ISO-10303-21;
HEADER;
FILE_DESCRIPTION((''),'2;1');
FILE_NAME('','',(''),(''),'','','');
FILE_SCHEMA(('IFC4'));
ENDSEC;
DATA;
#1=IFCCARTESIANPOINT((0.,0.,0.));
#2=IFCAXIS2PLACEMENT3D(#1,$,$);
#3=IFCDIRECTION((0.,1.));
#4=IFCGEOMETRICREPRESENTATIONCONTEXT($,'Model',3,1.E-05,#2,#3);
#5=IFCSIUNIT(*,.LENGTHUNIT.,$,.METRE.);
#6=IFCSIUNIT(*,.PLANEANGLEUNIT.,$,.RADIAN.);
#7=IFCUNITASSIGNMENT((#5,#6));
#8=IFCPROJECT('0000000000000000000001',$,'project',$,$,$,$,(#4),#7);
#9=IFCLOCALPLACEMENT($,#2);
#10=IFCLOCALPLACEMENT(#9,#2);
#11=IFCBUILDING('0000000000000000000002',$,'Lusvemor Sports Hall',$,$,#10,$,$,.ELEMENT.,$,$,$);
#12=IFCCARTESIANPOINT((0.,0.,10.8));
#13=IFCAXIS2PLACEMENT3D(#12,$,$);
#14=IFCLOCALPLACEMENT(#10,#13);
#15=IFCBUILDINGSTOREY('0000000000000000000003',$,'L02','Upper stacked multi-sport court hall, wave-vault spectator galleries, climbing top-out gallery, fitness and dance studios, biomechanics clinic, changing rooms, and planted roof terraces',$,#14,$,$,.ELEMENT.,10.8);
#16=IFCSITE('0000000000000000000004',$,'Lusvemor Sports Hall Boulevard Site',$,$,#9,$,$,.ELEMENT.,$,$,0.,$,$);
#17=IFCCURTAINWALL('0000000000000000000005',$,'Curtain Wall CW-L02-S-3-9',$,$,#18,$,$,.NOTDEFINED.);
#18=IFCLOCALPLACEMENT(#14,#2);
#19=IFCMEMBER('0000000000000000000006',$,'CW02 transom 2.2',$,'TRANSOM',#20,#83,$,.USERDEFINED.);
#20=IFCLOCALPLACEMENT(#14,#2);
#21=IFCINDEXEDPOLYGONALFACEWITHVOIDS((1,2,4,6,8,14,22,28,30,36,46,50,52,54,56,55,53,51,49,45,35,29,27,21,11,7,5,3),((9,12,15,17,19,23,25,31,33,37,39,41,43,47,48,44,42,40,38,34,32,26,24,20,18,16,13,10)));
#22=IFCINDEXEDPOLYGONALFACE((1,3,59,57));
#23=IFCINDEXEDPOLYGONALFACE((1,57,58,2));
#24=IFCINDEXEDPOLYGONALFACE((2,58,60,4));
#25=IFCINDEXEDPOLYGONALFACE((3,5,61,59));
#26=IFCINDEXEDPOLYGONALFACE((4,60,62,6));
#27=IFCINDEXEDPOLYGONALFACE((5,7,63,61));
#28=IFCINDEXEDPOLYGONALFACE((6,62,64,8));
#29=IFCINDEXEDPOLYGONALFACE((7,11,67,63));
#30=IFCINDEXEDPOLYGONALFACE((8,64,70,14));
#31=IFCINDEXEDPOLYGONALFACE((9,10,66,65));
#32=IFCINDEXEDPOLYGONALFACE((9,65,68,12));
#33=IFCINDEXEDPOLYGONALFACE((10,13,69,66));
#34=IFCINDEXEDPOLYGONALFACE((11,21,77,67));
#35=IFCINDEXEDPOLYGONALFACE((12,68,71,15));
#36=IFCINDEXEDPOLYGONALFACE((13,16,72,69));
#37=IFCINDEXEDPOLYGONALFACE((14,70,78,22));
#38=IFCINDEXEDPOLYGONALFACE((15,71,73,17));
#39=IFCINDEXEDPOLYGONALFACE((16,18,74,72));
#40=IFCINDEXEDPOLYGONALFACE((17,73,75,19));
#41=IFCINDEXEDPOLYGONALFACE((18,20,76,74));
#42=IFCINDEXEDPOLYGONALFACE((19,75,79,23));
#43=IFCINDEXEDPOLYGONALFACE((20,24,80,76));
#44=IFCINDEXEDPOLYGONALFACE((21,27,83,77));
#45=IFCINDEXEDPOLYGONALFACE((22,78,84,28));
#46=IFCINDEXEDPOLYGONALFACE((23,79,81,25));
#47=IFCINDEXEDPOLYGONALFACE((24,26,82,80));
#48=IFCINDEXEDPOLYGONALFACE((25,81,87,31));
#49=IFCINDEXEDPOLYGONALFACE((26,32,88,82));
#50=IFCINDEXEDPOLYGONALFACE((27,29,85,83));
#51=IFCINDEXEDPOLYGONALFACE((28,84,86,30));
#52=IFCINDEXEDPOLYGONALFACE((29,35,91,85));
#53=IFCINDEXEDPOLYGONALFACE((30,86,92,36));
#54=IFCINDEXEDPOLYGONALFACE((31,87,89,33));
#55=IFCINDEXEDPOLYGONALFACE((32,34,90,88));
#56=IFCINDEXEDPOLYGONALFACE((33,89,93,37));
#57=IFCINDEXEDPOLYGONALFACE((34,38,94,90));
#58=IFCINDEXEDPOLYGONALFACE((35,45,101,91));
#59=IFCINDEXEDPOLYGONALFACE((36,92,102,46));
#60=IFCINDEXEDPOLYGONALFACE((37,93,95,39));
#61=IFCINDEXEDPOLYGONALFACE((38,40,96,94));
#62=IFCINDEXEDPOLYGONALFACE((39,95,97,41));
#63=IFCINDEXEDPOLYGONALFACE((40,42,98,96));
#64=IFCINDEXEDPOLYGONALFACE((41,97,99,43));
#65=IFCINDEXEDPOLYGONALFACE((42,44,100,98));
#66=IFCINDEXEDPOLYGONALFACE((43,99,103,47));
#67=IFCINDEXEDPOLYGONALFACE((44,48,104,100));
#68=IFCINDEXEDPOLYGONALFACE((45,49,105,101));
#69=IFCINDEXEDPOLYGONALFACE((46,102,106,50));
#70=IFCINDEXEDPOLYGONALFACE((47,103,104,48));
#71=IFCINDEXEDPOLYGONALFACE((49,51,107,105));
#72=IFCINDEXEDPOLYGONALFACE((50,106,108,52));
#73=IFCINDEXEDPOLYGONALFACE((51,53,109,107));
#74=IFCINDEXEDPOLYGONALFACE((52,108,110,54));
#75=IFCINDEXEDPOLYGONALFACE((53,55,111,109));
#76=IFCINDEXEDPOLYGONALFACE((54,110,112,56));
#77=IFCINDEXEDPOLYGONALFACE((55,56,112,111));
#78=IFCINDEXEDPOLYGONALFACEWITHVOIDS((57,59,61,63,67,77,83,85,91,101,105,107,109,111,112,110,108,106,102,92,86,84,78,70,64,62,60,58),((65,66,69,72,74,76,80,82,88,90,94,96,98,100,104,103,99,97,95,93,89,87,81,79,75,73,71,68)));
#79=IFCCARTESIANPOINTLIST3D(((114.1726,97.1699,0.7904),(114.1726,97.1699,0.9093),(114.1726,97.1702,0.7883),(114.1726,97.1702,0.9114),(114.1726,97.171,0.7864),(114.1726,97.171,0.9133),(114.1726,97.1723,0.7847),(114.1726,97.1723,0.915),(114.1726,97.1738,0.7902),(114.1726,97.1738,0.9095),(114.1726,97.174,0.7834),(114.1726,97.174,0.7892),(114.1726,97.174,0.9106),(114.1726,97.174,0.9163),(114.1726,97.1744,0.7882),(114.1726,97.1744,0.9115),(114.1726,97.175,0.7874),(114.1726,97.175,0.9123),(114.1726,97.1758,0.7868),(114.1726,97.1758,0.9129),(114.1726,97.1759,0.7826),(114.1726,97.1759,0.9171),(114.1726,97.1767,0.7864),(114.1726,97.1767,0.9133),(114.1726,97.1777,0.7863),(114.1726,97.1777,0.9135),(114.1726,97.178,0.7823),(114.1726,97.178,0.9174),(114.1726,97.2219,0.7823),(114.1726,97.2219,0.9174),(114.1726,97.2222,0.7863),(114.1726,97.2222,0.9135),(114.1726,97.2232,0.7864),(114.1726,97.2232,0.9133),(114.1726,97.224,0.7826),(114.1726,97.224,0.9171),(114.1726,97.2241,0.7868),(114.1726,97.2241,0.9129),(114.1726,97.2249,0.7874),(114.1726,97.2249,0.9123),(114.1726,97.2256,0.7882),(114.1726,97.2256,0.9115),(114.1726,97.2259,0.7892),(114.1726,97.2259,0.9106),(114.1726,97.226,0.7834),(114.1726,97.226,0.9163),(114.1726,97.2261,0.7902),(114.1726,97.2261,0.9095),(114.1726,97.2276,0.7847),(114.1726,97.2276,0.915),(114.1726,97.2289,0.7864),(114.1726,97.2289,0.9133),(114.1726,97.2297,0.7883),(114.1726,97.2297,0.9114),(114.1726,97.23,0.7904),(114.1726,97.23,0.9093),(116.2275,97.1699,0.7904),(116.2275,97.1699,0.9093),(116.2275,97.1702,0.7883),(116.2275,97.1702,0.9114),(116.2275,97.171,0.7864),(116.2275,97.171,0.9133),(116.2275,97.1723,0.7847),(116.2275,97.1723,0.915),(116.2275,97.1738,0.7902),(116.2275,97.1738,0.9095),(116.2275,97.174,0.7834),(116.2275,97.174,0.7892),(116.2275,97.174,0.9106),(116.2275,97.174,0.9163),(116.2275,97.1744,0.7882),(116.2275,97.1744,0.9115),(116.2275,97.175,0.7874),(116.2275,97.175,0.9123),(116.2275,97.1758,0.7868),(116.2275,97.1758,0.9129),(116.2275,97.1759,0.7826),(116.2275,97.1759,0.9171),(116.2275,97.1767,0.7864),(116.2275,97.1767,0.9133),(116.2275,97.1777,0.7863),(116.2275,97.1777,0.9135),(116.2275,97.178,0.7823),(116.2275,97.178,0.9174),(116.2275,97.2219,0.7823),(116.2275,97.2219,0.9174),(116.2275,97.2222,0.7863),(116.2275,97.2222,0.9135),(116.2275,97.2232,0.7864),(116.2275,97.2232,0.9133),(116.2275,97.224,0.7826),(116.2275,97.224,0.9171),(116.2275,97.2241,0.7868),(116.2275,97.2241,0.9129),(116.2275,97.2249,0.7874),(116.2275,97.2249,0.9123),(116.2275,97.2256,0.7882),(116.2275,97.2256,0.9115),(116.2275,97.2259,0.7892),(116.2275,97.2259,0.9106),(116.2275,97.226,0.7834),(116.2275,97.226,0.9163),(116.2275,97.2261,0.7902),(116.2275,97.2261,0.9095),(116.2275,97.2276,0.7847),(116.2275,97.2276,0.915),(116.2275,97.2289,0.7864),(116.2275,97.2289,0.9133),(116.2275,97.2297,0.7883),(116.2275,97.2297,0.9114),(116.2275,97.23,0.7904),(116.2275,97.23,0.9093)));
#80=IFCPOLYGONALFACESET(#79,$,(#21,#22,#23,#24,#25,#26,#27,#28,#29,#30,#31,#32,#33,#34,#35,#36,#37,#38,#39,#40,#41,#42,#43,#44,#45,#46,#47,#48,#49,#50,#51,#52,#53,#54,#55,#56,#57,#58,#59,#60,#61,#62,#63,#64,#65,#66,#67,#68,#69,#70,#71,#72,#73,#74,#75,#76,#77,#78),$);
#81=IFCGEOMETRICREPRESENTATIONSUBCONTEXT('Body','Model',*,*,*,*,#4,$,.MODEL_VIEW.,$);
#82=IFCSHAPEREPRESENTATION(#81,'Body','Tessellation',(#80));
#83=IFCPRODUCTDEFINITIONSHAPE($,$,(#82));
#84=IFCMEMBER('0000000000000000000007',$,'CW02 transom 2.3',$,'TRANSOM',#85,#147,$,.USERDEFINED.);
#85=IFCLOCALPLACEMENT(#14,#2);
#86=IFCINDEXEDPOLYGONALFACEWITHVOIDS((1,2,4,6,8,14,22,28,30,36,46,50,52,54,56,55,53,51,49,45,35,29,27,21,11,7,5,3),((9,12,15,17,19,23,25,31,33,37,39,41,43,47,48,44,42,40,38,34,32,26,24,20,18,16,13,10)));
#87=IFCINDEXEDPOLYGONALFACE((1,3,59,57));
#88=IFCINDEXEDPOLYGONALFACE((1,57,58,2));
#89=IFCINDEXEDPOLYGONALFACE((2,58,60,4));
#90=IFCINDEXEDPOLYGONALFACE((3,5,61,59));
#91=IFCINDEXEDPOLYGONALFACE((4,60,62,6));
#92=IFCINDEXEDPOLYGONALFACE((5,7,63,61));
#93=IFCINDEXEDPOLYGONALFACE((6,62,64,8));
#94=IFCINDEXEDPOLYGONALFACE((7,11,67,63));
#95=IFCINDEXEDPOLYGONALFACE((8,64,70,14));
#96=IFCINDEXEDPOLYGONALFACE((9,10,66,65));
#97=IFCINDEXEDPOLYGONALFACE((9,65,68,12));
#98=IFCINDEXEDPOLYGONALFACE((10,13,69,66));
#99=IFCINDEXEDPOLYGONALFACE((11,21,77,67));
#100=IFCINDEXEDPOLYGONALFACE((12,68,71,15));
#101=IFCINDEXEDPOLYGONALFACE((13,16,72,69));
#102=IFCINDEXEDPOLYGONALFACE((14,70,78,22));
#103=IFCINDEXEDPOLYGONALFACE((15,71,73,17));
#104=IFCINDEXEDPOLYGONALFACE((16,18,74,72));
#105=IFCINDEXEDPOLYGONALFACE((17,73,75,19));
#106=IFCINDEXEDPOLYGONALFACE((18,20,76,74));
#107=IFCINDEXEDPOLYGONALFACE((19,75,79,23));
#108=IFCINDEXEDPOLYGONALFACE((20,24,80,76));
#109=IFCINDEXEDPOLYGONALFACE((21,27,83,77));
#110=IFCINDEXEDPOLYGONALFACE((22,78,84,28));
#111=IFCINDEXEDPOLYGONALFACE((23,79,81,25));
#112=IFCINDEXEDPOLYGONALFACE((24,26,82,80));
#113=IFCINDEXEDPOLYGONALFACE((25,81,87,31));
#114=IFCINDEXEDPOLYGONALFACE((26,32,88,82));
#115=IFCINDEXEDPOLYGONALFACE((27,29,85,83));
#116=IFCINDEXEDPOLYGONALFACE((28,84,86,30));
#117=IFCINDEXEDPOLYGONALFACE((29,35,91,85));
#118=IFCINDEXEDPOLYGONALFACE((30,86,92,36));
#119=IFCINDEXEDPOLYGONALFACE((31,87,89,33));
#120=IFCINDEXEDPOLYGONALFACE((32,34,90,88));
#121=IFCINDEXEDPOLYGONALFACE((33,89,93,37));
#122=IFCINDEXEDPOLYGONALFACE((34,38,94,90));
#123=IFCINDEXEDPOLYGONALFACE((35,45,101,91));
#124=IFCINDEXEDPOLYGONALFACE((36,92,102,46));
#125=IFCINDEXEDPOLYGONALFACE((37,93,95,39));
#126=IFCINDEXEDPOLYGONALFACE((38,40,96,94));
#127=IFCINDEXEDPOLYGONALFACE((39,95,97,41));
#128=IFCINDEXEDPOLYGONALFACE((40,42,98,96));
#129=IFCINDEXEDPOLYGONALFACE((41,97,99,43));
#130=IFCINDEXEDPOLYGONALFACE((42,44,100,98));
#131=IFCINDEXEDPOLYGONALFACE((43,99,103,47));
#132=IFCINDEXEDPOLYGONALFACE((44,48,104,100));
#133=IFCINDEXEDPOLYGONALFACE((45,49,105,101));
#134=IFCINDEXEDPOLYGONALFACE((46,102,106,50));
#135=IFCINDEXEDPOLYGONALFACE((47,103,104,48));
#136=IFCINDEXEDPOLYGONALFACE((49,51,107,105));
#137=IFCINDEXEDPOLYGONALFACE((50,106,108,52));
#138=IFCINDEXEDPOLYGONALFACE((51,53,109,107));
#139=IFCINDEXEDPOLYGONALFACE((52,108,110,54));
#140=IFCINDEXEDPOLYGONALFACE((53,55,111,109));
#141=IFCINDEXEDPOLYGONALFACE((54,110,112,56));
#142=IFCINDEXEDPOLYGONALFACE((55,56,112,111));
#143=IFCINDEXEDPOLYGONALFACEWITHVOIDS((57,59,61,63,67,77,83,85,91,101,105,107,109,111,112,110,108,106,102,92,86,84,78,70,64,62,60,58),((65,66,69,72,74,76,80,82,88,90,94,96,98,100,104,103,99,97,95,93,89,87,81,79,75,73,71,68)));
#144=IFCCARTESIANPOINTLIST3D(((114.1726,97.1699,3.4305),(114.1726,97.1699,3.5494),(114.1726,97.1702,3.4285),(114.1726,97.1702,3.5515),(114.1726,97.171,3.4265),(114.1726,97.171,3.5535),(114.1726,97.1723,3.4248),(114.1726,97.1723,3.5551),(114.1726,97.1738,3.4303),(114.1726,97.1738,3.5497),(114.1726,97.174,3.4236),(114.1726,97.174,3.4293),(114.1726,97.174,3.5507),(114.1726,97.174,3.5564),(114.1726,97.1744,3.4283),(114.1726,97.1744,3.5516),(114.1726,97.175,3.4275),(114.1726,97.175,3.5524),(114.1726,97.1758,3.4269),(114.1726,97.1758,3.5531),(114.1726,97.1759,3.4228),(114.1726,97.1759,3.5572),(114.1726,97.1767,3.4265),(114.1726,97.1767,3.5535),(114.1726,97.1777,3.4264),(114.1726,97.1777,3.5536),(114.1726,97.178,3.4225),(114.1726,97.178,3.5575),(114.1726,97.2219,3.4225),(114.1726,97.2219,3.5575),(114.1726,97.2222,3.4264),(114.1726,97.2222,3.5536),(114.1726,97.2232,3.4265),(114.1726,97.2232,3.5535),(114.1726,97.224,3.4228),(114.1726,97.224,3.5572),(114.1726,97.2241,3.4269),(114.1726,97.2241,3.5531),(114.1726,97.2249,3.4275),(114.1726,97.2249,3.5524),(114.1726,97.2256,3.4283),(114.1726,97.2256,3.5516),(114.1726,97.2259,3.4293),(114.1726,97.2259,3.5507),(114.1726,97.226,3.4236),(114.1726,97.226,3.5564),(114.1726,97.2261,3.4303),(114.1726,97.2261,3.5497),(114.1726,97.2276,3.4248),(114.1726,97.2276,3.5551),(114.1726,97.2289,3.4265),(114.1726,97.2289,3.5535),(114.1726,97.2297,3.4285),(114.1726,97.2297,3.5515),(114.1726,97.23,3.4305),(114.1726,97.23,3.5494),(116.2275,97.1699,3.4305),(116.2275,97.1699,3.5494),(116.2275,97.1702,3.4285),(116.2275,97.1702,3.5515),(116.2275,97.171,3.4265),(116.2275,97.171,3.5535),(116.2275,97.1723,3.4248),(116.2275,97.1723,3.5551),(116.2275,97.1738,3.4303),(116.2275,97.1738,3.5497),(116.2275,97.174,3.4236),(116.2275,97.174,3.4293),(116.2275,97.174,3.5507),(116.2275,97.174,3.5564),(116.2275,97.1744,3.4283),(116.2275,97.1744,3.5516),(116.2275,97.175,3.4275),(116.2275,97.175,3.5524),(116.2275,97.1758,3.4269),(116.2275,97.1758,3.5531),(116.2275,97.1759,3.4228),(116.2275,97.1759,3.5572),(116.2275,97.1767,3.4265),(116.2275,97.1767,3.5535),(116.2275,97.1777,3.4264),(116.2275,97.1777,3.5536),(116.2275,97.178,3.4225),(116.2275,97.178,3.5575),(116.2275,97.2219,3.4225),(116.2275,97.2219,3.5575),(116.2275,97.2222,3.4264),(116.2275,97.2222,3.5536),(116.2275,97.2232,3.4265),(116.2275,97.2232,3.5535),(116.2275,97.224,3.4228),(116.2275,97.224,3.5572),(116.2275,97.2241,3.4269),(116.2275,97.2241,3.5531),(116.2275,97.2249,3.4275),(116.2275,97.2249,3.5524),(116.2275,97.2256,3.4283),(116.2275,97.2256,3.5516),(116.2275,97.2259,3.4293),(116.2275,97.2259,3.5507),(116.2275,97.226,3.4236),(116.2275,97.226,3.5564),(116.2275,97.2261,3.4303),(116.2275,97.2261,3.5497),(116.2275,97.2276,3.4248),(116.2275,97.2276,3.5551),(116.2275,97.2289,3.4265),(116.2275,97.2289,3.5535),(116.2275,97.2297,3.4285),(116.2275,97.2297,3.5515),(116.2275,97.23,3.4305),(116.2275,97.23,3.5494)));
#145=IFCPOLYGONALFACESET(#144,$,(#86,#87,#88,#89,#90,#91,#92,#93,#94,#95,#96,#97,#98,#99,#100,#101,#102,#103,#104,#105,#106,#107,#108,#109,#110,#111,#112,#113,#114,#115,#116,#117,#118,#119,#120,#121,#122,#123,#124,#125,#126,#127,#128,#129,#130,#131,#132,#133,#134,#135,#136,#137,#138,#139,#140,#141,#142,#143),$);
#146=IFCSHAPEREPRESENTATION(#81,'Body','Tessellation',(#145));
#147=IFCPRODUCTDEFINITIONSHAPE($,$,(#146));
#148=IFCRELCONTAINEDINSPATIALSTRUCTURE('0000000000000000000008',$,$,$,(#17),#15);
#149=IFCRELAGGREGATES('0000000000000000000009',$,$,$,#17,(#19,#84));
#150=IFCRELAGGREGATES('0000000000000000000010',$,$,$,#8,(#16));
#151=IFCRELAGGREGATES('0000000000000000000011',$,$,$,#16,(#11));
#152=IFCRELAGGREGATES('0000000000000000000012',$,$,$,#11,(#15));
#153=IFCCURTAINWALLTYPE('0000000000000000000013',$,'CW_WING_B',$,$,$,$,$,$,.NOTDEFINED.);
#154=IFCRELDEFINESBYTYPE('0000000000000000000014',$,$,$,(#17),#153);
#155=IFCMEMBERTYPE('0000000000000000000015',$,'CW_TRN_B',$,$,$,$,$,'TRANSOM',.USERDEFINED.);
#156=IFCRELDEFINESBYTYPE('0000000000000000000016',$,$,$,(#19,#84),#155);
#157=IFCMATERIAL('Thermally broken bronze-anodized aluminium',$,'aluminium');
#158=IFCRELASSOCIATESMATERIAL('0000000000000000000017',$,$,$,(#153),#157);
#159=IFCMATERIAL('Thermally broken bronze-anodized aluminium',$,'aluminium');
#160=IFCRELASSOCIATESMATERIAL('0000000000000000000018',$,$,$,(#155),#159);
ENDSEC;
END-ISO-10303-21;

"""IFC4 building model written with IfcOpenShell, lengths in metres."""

from ifc_helpers import new_model, si_unit, direction, frame, origin, origin_2d, place, context, subcontext, project, spatial, hollow_rectangle, extrude, material, material_profile, profile_set, type_object, element, aggregate, save


model = new_model("IFC4")

# Units and contexts
model_context = context("Model", 3, precision=1e-05, world=origin(), true_north=direction((0.0, 1.0)))
body_context = subcontext(model_context, "Body", "Model", "MODEL_VIEW")
ifc_project = project(units=[si_unit("LENGTHUNIT", "METRE"), si_unit("PLANEANGLEUNIT", "RADIAN")], contexts=[model_context])

# Site, building, storey
site_placement = place(None, origin())
site = spatial("IfcSite", under=ifc_project, at=site_placement, Name="Lusvemor Sports Hall Boulevard Site", CompositionType="ELEMENT", RefElevation=0.0)
building_placement = place(site_placement, origin())
building = spatial("IfcBuilding", under=site, at=building_placement, Name="Lusvemor Sports Hall", CompositionType="ELEMENT")
storey_placement = place(building_placement, frame((0.0, 0.0, 10.8)))
storey = spatial("IfcBuildingStorey", under=building, at=storey_placement, Name="L02", Description="Upper stacked multi-sport court hall, wave-vault spectator galleries, climbing top-out gallery, fitness and dance studios, biomechanics clinic, changing rooms, and planted roof terraces", CompositionType="ELEMENT", Elevation=10.8)

# Shared definitions
ifc_material_1 = material(Name="Thermally broken bronze-anodized aluminium", Category="aluminium")
curtain_wall_type = type_object("IfcCurtainWallType", Name="CW_WING_B", PredefinedType="NOTDEFINED", material=ifc_material_1)

# Curtain wall
curtain_wall_1_placement = place(storey_placement, origin())
curtain_wall_1 = element("IfcCurtainWall", 1, at=curtain_wall_1_placement, inside=storey, type_object=curtain_wall_type, Name="Curtain Wall CW-L02-S-3-9", PredefinedType="NOTDEFINED")

# Members
ifc_material_2 = material(Name="Thermally broken bronze-anodized aluminium", Category="aluminium")
ifc_material_profile_1 = material_profile(ifc_material_2, hollow_rectangle(XDim=0.0601, YDim=0.135, WallThickness=0.0039, InnerFilletRadius=0.0039, OuterFilletRadius=0.0081, at=origin_2d()), Name="CWTRN135x60x4")
ifc_profile_set_1 = profile_set([ifc_material_profile_1], Name="Thermally broken bronze-anodized aluminium")
member_type_1 = type_object("IfcMemberType", Name="CW_TRN_B", ElementType="TRANSOM", PredefinedType="USERDEFINED", material=ifc_profile_set_1)
member_1_placement = place(storey_placement, frame((116.2275, 97.2, 0.8499), z_axis=(-1.0, 0.0, 0.0), x_axis=(0.0, -1.0, 0.0)))
member_1 = element("IfcMember", 2, at=member_1_placement, type_object=member_type_1, Name="CW02 transom 2.2", ObjectType="TRANSOM", PredefinedType="USERDEFINED", context=body_context, shape_type="SweptSolid", body=[
    extrude(hollow_rectangle(XDim=0.0601, YDim=0.135, WallThickness=0.0039, InnerFilletRadius=0.0039, OuterFilletRadius=0.0081, at=origin_2d()), origin(), (0.0, 0.0, 1.0), 2.0549),
])
member_2_placement = place(storey_placement, frame((116.2275, 97.2, 3.49), z_axis=(-1.0, 0.0, 0.0), x_axis=(0.0, -1.0, 0.0)))
member_2 = element("IfcMember", 3, at=member_2_placement, type_object=member_type_1, Name="CW02 transom 2.3", ObjectType="TRANSOM", PredefinedType="USERDEFINED", context=body_context, shape_type="SweptSolid", body=[
    extrude(hollow_rectangle(XDim=0.0601, YDim=0.135, WallThickness=0.0039, InnerFilletRadius=0.0039, OuterFilletRadius=0.0081, at=origin_2d()), origin(), (0.0, 0.0, 1.0), 2.0549),
])

aggregate(curtain_wall_1, [member_1, member_2])

save(model, "model.ifc")
